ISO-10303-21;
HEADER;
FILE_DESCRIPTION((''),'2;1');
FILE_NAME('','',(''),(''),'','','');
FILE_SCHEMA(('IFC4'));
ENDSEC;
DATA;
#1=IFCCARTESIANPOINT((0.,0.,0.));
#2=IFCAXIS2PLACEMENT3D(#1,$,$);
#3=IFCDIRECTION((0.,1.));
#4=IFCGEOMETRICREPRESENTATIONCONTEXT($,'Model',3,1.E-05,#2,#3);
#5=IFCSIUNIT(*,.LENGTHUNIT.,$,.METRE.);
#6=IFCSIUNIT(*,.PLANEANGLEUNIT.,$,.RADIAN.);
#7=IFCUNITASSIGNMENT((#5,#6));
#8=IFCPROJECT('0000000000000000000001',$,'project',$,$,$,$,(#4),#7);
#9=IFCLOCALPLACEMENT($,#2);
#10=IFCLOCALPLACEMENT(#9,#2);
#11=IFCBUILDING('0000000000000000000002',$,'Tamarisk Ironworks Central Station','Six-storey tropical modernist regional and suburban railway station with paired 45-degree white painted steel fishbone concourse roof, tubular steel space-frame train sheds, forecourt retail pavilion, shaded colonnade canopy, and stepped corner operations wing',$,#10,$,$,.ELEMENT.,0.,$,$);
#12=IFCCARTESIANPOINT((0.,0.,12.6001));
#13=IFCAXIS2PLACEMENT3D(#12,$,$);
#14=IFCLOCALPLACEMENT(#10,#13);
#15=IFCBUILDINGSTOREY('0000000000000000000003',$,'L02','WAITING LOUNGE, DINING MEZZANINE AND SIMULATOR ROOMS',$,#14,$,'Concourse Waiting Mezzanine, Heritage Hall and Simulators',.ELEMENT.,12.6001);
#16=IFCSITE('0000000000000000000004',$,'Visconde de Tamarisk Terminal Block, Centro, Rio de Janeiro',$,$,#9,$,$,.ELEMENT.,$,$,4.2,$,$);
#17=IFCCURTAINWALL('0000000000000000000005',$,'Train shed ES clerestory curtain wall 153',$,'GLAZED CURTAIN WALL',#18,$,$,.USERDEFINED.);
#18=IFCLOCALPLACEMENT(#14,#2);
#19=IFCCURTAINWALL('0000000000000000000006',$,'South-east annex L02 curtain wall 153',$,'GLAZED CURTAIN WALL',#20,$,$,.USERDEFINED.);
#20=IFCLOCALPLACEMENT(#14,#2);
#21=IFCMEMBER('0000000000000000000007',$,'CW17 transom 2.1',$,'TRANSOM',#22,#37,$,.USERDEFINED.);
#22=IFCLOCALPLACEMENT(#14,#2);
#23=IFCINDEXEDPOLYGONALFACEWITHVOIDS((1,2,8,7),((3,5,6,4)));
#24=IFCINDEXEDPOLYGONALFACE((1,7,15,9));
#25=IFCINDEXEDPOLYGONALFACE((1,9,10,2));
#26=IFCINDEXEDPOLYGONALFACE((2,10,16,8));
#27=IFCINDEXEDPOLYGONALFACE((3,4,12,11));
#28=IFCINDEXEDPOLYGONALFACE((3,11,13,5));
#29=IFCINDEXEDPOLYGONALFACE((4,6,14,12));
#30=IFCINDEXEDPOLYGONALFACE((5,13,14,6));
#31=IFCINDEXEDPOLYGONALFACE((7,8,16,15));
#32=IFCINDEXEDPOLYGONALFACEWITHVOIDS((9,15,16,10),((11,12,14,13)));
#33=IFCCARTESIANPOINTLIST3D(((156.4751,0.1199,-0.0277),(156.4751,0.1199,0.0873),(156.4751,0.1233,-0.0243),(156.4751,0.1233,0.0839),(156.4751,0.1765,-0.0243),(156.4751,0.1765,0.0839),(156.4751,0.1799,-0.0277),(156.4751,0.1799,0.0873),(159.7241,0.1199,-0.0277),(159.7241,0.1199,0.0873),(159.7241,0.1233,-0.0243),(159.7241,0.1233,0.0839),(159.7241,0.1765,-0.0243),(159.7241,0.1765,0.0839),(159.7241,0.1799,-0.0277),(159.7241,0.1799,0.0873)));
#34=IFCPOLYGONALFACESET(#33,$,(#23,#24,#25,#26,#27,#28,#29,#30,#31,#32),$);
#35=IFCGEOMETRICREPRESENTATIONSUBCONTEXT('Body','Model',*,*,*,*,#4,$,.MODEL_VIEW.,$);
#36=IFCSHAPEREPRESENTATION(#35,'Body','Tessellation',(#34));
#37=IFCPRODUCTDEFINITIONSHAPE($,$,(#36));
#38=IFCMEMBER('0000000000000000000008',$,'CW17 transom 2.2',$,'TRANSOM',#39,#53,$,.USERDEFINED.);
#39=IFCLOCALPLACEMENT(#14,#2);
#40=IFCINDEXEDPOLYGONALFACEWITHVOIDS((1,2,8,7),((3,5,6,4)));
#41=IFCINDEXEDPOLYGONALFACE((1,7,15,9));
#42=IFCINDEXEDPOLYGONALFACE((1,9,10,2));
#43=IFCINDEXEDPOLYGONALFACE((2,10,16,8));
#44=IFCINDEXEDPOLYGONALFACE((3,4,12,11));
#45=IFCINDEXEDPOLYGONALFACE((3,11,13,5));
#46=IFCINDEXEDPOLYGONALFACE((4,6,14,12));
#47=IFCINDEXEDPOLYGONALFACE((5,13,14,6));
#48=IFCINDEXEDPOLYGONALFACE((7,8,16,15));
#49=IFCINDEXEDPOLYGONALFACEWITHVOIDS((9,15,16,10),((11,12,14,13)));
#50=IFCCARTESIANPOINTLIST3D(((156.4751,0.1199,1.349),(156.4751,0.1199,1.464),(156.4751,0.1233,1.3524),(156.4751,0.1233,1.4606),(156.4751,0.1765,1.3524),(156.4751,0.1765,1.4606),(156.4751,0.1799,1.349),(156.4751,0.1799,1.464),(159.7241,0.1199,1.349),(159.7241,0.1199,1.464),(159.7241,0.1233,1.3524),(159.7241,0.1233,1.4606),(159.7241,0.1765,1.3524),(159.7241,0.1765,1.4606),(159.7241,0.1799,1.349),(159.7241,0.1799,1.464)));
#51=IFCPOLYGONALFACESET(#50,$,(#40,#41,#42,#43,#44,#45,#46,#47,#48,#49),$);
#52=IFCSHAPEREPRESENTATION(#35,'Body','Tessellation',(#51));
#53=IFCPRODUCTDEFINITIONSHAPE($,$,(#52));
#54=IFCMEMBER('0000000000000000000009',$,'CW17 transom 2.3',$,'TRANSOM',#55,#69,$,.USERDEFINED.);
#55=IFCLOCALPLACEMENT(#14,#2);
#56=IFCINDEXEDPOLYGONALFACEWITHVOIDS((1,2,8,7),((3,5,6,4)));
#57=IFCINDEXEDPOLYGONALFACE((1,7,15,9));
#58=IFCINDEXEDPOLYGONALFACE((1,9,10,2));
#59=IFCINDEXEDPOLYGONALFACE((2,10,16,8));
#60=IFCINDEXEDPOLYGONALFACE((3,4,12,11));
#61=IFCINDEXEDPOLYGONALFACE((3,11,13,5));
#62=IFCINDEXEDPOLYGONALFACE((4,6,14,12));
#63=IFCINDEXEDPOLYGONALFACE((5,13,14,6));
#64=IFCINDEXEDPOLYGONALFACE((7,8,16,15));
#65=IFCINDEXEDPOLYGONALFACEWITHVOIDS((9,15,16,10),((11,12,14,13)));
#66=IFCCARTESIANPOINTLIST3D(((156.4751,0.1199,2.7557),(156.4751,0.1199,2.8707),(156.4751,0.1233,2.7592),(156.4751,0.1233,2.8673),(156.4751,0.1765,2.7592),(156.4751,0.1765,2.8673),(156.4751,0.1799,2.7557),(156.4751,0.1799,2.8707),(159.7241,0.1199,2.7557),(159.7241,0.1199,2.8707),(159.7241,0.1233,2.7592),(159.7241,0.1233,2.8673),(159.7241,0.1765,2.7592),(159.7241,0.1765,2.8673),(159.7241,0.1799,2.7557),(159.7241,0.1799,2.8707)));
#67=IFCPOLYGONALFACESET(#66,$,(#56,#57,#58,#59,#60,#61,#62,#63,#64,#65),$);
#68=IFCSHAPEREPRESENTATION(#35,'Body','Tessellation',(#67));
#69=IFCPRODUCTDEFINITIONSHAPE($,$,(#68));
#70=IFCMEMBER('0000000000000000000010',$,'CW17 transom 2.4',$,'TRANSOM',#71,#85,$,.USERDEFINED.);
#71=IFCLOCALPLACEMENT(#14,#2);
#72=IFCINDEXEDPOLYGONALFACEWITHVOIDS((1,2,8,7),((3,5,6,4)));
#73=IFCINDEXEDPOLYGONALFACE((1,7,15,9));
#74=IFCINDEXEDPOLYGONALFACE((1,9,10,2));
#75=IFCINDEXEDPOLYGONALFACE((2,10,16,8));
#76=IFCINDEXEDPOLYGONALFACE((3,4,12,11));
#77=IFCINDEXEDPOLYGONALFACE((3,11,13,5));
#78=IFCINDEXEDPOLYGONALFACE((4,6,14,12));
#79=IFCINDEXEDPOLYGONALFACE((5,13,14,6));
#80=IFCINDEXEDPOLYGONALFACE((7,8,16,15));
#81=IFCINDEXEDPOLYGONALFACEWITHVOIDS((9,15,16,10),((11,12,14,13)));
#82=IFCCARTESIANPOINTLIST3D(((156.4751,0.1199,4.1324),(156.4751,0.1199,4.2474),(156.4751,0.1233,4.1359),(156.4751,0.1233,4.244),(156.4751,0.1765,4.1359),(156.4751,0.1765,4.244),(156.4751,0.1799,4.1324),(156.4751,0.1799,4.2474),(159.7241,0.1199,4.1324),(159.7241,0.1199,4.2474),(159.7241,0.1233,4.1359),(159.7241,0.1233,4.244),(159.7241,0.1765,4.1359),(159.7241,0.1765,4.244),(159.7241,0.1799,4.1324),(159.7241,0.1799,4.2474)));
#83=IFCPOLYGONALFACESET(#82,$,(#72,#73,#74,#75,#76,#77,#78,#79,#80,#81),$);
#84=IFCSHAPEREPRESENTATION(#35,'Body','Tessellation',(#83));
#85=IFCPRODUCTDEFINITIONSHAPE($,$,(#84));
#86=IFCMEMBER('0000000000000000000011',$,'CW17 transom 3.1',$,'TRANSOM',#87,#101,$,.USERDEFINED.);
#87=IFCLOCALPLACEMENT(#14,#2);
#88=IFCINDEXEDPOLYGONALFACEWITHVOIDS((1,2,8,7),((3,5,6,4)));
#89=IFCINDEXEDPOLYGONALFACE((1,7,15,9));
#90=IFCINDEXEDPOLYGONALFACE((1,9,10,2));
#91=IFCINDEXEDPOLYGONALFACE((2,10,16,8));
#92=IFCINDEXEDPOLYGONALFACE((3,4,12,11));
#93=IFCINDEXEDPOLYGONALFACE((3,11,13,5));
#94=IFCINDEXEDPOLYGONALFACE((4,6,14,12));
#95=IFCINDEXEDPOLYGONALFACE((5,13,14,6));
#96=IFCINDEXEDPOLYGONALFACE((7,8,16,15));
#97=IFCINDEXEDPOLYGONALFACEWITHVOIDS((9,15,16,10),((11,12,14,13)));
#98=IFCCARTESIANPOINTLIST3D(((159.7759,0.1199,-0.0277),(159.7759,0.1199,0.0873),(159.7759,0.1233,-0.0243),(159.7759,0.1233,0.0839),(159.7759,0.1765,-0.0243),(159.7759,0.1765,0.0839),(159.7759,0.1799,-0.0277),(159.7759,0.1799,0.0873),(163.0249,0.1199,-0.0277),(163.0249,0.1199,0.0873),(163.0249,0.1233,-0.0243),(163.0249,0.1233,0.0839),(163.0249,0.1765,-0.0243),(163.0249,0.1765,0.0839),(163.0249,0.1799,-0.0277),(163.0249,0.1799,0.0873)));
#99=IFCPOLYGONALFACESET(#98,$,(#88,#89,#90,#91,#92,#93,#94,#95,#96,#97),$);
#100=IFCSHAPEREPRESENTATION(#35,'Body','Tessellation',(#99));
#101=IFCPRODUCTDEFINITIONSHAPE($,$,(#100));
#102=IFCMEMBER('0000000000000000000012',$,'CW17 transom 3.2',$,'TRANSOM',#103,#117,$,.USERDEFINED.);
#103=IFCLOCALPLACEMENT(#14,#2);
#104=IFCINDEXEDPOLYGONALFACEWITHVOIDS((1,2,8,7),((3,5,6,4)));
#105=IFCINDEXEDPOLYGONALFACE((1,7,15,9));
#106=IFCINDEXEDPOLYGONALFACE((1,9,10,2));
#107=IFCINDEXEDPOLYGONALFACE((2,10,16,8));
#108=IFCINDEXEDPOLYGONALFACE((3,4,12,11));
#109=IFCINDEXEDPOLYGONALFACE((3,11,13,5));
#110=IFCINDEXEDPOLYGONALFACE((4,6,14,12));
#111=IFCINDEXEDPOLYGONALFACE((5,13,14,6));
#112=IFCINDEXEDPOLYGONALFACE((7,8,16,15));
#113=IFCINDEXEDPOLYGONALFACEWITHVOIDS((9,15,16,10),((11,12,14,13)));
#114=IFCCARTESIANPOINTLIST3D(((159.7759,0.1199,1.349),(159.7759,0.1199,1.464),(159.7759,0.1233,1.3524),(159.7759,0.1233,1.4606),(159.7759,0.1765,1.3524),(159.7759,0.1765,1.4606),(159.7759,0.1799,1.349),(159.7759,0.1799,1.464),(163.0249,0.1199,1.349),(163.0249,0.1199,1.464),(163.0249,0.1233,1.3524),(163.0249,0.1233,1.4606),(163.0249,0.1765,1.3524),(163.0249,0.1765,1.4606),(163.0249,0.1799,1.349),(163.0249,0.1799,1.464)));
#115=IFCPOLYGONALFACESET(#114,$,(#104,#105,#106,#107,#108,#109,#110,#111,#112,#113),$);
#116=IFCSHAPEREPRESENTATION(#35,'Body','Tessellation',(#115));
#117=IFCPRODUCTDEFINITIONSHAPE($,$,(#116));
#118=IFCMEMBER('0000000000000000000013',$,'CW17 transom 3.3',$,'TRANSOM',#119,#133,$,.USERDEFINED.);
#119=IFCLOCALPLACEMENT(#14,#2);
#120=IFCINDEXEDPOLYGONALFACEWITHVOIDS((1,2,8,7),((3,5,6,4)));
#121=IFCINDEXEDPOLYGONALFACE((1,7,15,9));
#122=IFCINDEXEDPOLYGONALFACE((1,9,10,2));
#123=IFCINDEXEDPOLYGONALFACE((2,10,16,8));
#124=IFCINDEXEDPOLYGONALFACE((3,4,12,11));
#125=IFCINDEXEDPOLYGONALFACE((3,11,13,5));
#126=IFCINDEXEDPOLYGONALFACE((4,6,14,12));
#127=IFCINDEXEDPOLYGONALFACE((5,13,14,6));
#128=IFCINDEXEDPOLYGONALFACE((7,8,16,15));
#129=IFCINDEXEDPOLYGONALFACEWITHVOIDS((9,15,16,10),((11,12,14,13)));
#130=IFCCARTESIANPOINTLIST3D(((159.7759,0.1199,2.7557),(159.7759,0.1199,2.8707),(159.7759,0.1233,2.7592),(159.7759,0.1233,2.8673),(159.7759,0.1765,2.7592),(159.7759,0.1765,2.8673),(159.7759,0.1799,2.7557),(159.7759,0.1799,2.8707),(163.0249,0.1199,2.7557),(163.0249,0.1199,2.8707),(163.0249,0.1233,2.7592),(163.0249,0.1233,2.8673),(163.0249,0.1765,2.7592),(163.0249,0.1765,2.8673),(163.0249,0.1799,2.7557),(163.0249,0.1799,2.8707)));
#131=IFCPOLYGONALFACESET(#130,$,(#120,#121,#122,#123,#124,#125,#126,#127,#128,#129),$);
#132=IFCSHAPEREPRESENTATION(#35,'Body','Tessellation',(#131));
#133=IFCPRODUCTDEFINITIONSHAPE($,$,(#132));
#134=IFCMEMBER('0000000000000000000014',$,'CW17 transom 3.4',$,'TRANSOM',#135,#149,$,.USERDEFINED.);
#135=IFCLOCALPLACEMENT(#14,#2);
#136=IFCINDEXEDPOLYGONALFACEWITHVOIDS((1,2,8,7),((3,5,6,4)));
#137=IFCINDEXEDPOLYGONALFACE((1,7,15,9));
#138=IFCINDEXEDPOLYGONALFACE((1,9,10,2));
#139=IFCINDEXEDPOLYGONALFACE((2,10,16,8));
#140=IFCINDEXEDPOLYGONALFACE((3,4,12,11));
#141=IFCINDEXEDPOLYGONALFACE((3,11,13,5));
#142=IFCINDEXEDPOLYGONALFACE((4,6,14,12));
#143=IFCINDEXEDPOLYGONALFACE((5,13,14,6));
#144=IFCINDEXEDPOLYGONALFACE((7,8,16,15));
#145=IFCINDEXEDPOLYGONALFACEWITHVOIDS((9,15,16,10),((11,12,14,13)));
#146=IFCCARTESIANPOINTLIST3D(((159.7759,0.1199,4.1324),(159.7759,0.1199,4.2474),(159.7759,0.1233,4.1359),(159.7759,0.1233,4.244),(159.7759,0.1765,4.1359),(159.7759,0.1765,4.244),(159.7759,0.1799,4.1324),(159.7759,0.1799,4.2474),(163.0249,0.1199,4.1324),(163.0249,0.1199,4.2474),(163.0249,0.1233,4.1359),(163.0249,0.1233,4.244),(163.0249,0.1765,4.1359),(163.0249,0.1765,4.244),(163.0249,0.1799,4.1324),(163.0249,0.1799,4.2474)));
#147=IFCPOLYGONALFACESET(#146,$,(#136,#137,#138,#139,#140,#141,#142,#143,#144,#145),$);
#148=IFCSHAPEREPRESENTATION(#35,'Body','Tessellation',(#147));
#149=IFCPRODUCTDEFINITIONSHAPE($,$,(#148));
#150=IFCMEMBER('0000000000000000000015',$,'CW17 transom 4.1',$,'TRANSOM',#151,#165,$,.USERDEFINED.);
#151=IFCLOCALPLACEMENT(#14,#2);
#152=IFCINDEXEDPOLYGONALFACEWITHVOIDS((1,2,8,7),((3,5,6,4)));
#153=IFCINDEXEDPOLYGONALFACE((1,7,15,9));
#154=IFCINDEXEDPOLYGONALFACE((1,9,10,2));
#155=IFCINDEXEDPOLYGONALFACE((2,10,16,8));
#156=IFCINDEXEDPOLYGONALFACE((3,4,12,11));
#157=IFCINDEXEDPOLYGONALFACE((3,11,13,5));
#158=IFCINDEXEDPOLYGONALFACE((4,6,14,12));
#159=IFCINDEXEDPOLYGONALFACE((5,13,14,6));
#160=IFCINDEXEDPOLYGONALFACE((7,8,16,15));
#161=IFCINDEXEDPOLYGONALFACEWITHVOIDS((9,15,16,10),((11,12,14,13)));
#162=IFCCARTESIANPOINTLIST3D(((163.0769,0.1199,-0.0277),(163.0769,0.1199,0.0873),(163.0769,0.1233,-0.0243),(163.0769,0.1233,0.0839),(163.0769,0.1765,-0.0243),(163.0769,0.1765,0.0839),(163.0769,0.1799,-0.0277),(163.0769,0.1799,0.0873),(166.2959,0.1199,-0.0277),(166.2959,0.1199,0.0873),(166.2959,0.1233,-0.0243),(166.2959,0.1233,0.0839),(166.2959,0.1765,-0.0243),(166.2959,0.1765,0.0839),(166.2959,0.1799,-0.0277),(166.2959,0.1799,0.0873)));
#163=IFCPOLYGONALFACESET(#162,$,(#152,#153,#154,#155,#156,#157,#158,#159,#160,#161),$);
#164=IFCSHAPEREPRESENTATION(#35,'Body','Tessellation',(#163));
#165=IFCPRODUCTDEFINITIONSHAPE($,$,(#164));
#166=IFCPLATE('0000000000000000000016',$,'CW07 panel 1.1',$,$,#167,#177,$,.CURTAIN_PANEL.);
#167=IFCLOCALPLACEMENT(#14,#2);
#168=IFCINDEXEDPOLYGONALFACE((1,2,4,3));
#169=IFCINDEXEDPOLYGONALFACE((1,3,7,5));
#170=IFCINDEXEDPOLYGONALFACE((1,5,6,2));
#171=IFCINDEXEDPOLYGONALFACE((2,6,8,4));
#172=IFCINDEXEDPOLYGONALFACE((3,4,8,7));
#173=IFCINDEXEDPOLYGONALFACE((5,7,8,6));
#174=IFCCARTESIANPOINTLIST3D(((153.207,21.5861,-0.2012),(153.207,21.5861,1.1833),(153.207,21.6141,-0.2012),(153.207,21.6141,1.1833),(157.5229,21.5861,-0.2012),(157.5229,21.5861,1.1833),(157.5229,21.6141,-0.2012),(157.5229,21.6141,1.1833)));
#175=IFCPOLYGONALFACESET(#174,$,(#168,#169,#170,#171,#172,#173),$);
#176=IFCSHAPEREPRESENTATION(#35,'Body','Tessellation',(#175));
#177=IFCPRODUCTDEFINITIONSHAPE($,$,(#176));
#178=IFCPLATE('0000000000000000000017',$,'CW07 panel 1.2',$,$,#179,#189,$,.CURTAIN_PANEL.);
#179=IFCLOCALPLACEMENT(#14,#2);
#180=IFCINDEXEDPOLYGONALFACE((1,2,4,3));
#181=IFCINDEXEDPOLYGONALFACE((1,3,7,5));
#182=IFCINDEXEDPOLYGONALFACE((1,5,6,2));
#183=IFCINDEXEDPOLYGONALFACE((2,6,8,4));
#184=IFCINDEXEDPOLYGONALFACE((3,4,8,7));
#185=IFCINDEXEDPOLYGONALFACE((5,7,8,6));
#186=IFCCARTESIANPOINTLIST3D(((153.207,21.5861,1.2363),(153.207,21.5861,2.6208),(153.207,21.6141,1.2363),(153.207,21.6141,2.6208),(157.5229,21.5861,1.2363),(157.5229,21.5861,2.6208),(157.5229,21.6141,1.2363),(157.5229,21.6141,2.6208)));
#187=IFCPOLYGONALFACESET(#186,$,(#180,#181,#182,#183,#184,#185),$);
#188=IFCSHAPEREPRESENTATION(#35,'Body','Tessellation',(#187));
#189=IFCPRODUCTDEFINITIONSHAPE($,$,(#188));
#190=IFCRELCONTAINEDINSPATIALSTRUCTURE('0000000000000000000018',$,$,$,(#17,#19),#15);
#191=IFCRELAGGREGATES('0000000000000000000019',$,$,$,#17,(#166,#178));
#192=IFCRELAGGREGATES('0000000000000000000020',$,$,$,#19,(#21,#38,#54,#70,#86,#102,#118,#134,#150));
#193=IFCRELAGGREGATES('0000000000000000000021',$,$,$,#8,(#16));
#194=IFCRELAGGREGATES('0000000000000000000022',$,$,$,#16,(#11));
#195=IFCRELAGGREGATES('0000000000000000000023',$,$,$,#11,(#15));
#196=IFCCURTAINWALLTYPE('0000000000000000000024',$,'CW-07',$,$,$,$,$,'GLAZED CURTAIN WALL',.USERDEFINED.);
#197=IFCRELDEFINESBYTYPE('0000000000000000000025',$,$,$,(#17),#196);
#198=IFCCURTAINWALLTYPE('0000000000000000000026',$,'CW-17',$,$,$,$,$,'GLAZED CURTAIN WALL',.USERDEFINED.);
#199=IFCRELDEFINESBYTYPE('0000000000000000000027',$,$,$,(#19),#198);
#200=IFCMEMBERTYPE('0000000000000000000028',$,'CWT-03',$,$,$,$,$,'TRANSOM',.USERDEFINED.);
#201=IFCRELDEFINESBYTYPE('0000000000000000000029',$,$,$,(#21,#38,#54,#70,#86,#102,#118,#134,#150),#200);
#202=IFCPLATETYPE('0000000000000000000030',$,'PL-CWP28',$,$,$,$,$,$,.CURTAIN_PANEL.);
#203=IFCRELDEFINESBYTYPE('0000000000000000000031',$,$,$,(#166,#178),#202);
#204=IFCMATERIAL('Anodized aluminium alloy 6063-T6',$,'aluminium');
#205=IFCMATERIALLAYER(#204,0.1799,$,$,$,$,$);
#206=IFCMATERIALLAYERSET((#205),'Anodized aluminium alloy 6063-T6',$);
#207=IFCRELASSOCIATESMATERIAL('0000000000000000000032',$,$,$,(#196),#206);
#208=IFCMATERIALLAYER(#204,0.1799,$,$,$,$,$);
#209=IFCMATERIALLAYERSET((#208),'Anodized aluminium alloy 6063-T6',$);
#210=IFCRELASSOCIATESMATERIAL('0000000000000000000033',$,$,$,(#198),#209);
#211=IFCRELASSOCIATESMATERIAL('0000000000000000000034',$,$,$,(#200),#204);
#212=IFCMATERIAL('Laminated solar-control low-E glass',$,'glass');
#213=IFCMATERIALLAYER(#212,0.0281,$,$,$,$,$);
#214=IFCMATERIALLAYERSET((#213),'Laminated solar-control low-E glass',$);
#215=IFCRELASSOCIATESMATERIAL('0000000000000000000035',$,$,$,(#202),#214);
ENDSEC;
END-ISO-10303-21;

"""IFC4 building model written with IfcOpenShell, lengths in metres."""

from ifc_helpers import new_model, si_unit, direction, frame, origin, origin_2d, place, context, subcontext, project, spatial, rectangle, hollow_rectangle, extrude, material, layer, layer_set, material_profile, profile_set, type_object, element, aggregate, save


model = new_model("IFC4")

# Units and contexts
model_context = context("Model", 3, precision=1e-05, world=origin(), true_north=direction((0.0, 1.0)))
body_context = subcontext(model_context, "Body", "Model", "MODEL_VIEW")
ifc_project = project(units=[si_unit("LENGTHUNIT", "METRE"), si_unit("PLANEANGLEUNIT", "RADIAN")], contexts=[model_context])

# Site, building, storey
site_placement = place(None, origin())
site = spatial("IfcSite", under=ifc_project, at=site_placement, Name="Visconde de Tamarisk Terminal Block, Centro, Rio de Janeiro", CompositionType="ELEMENT", RefElevation=4.2)
building_placement = place(site_placement, origin())
building = spatial("IfcBuilding", under=site, at=building_placement, Name="Tamarisk Ironworks Central Station", Description="Six-storey tropical modernist regional and suburban railway station with paired 45-degree white painted steel fishbone concourse roof, tubular steel space-frame train sheds, forecourt retail pavilion, shaded colonnade canopy, and stepped corner operations wing", CompositionType="ELEMENT", ElevationOfRefHeight=0.0)
storey_placement = place(building_placement, frame((0.0, 0.0, 12.6001)))
storey = spatial("IfcBuildingStorey", under=building, at=storey_placement, Name="L02", Description="WAITING LOUNGE, DINING MEZZANINE AND SIMULATOR ROOMS", LongName="Concourse Waiting Mezzanine, Heritage Hall and Simulators", CompositionType="ELEMENT", Elevation=12.6001)

# Curtain walls
ifc_material_1 = material(Name="Anodized aluminium alloy 6063-T6", Category="aluminium")
ifc_layer_1 = layer(ifc_material_1, 0.1799)
ifc_layer_set_1 = layer_set([ifc_layer_1], Name="Anodized aluminium alloy 6063-T6")
curtain_wall_type_1 = type_object("IfcCurtainWallType", Name="CW-07", ElementType="GLAZED CURTAIN WALL", PredefinedType="USERDEFINED", material=ifc_layer_set_1)
curtain_wall_1_placement = place(storey_placement, origin())
curtain_wall_1 = element("IfcCurtainWall", 1, at=curtain_wall_1_placement, inside=storey, type_object=curtain_wall_type_1, Name="Train shed ES clerestory curtain wall 153", ObjectType="GLAZED CURTAIN WALL", PredefinedType="USERDEFINED")
ifc_layer_2 = layer(ifc_material_1, 0.1799)
ifc_layer_set_2 = layer_set([ifc_layer_2], Name="Anodized aluminium alloy 6063-T6")
curtain_wall_type_2 = type_object("IfcCurtainWallType", Name="CW-17", ElementType="GLAZED CURTAIN WALL", PredefinedType="USERDEFINED", material=ifc_layer_set_2)
curtain_wall_2_placement = place(storey_placement, origin())
curtain_wall_2 = element("IfcCurtainWall", 2, at=curtain_wall_2_placement, inside=storey, type_object=curtain_wall_type_2, Name="South-east annex L02 curtain wall 153", ObjectType="GLAZED CURTAIN WALL", PredefinedType="USERDEFINED")

# Members
ifc_material_profile_1 = material_profile(ifc_material_1, hollow_rectangle(XDim=0.0601, YDim=0.115, WallThickness=0.0034, at=origin_2d()), Name="ALUM 115x60")
ifc_profile_set_1 = profile_set([ifc_material_profile_1], Name="Anodized aluminium alloy 6063-T6")
member_type_1 = type_object("IfcMemberType", Name="CWT-03", ElementType="TRANSOM", PredefinedType="USERDEFINED", material=ifc_profile_set_1)
member_1_placement = place(storey_placement, frame((156.4751, 0.1499, 0.0298), z_axis=(1.0, 0.0, 0.0), x_axis=(0.0, 1.0, 0.0)))
member_1 = element("IfcMember", 3, at=member_1_placement, type_object=member_type_1, Name="CW17 transom 2.1", ObjectType="TRANSOM", PredefinedType="USERDEFINED", context=body_context, shape_type="SweptSolid", body=[
    extrude(hollow_rectangle(XDim=0.0601, YDim=0.115, WallThickness=0.0034, at=origin_2d()), origin(), (0.0, 0.0, 1.0), 3.249),
])
member_2_placement = place(storey_placement, frame((156.4751, 0.1499, 1.4065), z_axis=(1.0, 0.0, 0.0), x_axis=(0.0, 1.0, 0.0)))
member_2 = element("IfcMember", 4, at=member_2_placement, type_object=member_type_1, Name="CW17 transom 2.2", ObjectType="TRANSOM", PredefinedType="USERDEFINED", context=body_context, shape_type="SweptSolid", body=[
    extrude(hollow_rectangle(XDim=0.0601, YDim=0.115, WallThickness=0.0034, at=origin_2d()), origin(), (0.0, 0.0, 1.0), 3.249),
])
member_3_placement = place(storey_placement, frame((156.4751, 0.1499, 2.8132), z_axis=(1.0, 0.0, 0.0), x_axis=(0.0, 1.0, 0.0)))
member_3 = element("IfcMember", 5, at=member_3_placement, type_object=member_type_1, Name="CW17 transom 2.3", ObjectType="TRANSOM", PredefinedType="USERDEFINED", context=body_context, shape_type="SweptSolid", body=[
    extrude(hollow_rectangle(XDim=0.0601, YDim=0.115, WallThickness=0.0034, at=origin_2d()), origin(), (0.0, 0.0, 1.0), 3.249),
])
member_4_placement = place(storey_placement, frame((156.4751, 0.1499, 4.1899), z_axis=(1.0, 0.0, 0.0), x_axis=(0.0, 1.0, 0.0)))
member_4 = element("IfcMember", 6, at=member_4_placement, type_object=member_type_1, Name="CW17 transom 2.4", ObjectType="TRANSOM", PredefinedType="USERDEFINED", context=body_context, shape_type="SweptSolid", body=[
    extrude(hollow_rectangle(XDim=0.0601, YDim=0.115, WallThickness=0.0034, at=origin_2d()), origin(), (0.0, 0.0, 1.0), 3.249),
])
member_5_placement = place(storey_placement, frame((159.7759, 0.1499, 0.0298), z_axis=(1.0, 0.0, 0.0), x_axis=(0.0, 1.0, 0.0)))
member_5 = element("IfcMember", 7, at=member_5_placement, type_object=member_type_1, Name="CW17 transom 3.1", ObjectType="TRANSOM", PredefinedType="USERDEFINED", context=body_context, shape_type="SweptSolid", body=[
    extrude(hollow_rectangle(XDim=0.0601, YDim=0.115, WallThickness=0.0034, at=origin_2d()), origin(), (0.0, 0.0, 1.0), 3.249),
])
member_6_placement = place(storey_placement, frame((159.7759, 0.1499, 1.4065), z_axis=(1.0, 0.0, 0.0), x_axis=(0.0, 1.0, 0.0)))
member_6 = element("IfcMember", 8, at=member_6_placement, type_object=member_type_1, Name="CW17 transom 3.2", ObjectType="TRANSOM", PredefinedType="USERDEFINED", context=body_context, shape_type="SweptSolid", body=[
    extrude(hollow_rectangle(XDim=0.0601, YDim=0.115, WallThickness=0.0034, at=origin_2d()), origin(), (0.0, 0.0, 1.0), 3.249),
])
member_7_placement = place(storey_placement, frame((159.7759, 0.1499, 2.8132), z_axis=(1.0, 0.0, 0.0), x_axis=(0.0, 1.0, 0.0)))
member_7 = element("IfcMember", 9, at=member_7_placement, type_object=member_type_1, Name="CW17 transom 3.3", ObjectType="TRANSOM", PredefinedType="USERDEFINED", context=body_context, shape_type="SweptSolid", body=[
    extrude(hollow_rectangle(XDim=0.0601, YDim=0.115, WallThickness=0.0034, at=origin_2d()), origin(), (0.0, 0.0, 1.0), 3.249),
])
member_8_placement = place(storey_placement, frame((159.7759, 0.1499, 4.1899), z_axis=(1.0, 0.0, 0.0), x_axis=(0.0, 1.0, 0.0)))
member_8 = element("IfcMember", 10, at=member_8_placement, type_object=member_type_1, Name="CW17 transom 3.4", ObjectType="TRANSOM", PredefinedType="USERDEFINED", context=body_context, shape_type="SweptSolid", body=[
    extrude(hollow_rectangle(XDim=0.0601, YDim=0.115, WallThickness=0.0034, at=origin_2d()), origin(), (0.0, 0.0, 1.0), 3.249),
])
member_9_placement = place(storey_placement, frame((163.0769, 0.1499, 0.0298), z_axis=(1.0, 0.0, 0.0), x_axis=(0.0, 1.0, 0.0)))
member_9 = element("IfcMember", 11, at=member_9_placement, type_object=member_type_1, Name="CW17 transom 4.1", ObjectType="TRANSOM", PredefinedType="USERDEFINED", context=body_context, shape_type="SweptSolid", body=[
    extrude(hollow_rectangle(XDim=0.0601, YDim=0.115, WallThickness=0.0034, at=origin_2d()), origin(), (0.0, 0.0, 1.0), 3.219),
])

# Plates
ifc_material_2 = material(Name="Laminated solar-control low-E glass", Category="glass")
ifc_layer_3 = layer(ifc_material_2, 0.0281)
ifc_layer_set_3 = layer_set([ifc_layer_3], Name="Laminated solar-control low-E glass")
plate_type = type_object("IfcPlateType", Name="PL-CWP28", PredefinedType="CURTAIN_PANEL", material=ifc_layer_set_3)
plate_1_placement = place(storey_placement, frame((155.365, 21.6001, -0.2012), z_axis=(0.0, 0.0, 1.0), x_axis=(1.0, 0.0, 0.0)))
plate_1 = element("IfcPlate", 12, at=plate_1_placement, type_object=plate_type, Name="CW07 panel 1.1", PredefinedType="CURTAIN_PANEL", context=body_context, shape_type="SweptSolid", body=[
    extrude(rectangle(XDim=4.3159, YDim=0.0281, at=origin_2d()), origin(), (0.0, 0.0, 1.0), 1.3845),
])
plate_2_placement = place(storey_placement, frame((155.365, 21.6001, 1.2363), z_axis=(0.0, 0.0, 1.0), x_axis=(1.0, 0.0, 0.0)))
plate_2 = element("IfcPlate", 13, at=plate_2_placement, type_object=plate_type, Name="CW07 panel 1.2", PredefinedType="CURTAIN_PANEL", context=body_context, shape_type="SweptSolid", body=[
    extrude(rectangle(XDim=4.3159, YDim=0.0281, at=origin_2d()), origin(), (0.0, 0.0, 1.0), 1.3845),
])
aggregate(curtain_wall_1, [plate_1, plate_2])
aggregate(curtain_wall_2, [member_1, member_2, member_3, member_4, member_5, member_6, member_7, member_8, member_9])

save(model, "model.ifc")
